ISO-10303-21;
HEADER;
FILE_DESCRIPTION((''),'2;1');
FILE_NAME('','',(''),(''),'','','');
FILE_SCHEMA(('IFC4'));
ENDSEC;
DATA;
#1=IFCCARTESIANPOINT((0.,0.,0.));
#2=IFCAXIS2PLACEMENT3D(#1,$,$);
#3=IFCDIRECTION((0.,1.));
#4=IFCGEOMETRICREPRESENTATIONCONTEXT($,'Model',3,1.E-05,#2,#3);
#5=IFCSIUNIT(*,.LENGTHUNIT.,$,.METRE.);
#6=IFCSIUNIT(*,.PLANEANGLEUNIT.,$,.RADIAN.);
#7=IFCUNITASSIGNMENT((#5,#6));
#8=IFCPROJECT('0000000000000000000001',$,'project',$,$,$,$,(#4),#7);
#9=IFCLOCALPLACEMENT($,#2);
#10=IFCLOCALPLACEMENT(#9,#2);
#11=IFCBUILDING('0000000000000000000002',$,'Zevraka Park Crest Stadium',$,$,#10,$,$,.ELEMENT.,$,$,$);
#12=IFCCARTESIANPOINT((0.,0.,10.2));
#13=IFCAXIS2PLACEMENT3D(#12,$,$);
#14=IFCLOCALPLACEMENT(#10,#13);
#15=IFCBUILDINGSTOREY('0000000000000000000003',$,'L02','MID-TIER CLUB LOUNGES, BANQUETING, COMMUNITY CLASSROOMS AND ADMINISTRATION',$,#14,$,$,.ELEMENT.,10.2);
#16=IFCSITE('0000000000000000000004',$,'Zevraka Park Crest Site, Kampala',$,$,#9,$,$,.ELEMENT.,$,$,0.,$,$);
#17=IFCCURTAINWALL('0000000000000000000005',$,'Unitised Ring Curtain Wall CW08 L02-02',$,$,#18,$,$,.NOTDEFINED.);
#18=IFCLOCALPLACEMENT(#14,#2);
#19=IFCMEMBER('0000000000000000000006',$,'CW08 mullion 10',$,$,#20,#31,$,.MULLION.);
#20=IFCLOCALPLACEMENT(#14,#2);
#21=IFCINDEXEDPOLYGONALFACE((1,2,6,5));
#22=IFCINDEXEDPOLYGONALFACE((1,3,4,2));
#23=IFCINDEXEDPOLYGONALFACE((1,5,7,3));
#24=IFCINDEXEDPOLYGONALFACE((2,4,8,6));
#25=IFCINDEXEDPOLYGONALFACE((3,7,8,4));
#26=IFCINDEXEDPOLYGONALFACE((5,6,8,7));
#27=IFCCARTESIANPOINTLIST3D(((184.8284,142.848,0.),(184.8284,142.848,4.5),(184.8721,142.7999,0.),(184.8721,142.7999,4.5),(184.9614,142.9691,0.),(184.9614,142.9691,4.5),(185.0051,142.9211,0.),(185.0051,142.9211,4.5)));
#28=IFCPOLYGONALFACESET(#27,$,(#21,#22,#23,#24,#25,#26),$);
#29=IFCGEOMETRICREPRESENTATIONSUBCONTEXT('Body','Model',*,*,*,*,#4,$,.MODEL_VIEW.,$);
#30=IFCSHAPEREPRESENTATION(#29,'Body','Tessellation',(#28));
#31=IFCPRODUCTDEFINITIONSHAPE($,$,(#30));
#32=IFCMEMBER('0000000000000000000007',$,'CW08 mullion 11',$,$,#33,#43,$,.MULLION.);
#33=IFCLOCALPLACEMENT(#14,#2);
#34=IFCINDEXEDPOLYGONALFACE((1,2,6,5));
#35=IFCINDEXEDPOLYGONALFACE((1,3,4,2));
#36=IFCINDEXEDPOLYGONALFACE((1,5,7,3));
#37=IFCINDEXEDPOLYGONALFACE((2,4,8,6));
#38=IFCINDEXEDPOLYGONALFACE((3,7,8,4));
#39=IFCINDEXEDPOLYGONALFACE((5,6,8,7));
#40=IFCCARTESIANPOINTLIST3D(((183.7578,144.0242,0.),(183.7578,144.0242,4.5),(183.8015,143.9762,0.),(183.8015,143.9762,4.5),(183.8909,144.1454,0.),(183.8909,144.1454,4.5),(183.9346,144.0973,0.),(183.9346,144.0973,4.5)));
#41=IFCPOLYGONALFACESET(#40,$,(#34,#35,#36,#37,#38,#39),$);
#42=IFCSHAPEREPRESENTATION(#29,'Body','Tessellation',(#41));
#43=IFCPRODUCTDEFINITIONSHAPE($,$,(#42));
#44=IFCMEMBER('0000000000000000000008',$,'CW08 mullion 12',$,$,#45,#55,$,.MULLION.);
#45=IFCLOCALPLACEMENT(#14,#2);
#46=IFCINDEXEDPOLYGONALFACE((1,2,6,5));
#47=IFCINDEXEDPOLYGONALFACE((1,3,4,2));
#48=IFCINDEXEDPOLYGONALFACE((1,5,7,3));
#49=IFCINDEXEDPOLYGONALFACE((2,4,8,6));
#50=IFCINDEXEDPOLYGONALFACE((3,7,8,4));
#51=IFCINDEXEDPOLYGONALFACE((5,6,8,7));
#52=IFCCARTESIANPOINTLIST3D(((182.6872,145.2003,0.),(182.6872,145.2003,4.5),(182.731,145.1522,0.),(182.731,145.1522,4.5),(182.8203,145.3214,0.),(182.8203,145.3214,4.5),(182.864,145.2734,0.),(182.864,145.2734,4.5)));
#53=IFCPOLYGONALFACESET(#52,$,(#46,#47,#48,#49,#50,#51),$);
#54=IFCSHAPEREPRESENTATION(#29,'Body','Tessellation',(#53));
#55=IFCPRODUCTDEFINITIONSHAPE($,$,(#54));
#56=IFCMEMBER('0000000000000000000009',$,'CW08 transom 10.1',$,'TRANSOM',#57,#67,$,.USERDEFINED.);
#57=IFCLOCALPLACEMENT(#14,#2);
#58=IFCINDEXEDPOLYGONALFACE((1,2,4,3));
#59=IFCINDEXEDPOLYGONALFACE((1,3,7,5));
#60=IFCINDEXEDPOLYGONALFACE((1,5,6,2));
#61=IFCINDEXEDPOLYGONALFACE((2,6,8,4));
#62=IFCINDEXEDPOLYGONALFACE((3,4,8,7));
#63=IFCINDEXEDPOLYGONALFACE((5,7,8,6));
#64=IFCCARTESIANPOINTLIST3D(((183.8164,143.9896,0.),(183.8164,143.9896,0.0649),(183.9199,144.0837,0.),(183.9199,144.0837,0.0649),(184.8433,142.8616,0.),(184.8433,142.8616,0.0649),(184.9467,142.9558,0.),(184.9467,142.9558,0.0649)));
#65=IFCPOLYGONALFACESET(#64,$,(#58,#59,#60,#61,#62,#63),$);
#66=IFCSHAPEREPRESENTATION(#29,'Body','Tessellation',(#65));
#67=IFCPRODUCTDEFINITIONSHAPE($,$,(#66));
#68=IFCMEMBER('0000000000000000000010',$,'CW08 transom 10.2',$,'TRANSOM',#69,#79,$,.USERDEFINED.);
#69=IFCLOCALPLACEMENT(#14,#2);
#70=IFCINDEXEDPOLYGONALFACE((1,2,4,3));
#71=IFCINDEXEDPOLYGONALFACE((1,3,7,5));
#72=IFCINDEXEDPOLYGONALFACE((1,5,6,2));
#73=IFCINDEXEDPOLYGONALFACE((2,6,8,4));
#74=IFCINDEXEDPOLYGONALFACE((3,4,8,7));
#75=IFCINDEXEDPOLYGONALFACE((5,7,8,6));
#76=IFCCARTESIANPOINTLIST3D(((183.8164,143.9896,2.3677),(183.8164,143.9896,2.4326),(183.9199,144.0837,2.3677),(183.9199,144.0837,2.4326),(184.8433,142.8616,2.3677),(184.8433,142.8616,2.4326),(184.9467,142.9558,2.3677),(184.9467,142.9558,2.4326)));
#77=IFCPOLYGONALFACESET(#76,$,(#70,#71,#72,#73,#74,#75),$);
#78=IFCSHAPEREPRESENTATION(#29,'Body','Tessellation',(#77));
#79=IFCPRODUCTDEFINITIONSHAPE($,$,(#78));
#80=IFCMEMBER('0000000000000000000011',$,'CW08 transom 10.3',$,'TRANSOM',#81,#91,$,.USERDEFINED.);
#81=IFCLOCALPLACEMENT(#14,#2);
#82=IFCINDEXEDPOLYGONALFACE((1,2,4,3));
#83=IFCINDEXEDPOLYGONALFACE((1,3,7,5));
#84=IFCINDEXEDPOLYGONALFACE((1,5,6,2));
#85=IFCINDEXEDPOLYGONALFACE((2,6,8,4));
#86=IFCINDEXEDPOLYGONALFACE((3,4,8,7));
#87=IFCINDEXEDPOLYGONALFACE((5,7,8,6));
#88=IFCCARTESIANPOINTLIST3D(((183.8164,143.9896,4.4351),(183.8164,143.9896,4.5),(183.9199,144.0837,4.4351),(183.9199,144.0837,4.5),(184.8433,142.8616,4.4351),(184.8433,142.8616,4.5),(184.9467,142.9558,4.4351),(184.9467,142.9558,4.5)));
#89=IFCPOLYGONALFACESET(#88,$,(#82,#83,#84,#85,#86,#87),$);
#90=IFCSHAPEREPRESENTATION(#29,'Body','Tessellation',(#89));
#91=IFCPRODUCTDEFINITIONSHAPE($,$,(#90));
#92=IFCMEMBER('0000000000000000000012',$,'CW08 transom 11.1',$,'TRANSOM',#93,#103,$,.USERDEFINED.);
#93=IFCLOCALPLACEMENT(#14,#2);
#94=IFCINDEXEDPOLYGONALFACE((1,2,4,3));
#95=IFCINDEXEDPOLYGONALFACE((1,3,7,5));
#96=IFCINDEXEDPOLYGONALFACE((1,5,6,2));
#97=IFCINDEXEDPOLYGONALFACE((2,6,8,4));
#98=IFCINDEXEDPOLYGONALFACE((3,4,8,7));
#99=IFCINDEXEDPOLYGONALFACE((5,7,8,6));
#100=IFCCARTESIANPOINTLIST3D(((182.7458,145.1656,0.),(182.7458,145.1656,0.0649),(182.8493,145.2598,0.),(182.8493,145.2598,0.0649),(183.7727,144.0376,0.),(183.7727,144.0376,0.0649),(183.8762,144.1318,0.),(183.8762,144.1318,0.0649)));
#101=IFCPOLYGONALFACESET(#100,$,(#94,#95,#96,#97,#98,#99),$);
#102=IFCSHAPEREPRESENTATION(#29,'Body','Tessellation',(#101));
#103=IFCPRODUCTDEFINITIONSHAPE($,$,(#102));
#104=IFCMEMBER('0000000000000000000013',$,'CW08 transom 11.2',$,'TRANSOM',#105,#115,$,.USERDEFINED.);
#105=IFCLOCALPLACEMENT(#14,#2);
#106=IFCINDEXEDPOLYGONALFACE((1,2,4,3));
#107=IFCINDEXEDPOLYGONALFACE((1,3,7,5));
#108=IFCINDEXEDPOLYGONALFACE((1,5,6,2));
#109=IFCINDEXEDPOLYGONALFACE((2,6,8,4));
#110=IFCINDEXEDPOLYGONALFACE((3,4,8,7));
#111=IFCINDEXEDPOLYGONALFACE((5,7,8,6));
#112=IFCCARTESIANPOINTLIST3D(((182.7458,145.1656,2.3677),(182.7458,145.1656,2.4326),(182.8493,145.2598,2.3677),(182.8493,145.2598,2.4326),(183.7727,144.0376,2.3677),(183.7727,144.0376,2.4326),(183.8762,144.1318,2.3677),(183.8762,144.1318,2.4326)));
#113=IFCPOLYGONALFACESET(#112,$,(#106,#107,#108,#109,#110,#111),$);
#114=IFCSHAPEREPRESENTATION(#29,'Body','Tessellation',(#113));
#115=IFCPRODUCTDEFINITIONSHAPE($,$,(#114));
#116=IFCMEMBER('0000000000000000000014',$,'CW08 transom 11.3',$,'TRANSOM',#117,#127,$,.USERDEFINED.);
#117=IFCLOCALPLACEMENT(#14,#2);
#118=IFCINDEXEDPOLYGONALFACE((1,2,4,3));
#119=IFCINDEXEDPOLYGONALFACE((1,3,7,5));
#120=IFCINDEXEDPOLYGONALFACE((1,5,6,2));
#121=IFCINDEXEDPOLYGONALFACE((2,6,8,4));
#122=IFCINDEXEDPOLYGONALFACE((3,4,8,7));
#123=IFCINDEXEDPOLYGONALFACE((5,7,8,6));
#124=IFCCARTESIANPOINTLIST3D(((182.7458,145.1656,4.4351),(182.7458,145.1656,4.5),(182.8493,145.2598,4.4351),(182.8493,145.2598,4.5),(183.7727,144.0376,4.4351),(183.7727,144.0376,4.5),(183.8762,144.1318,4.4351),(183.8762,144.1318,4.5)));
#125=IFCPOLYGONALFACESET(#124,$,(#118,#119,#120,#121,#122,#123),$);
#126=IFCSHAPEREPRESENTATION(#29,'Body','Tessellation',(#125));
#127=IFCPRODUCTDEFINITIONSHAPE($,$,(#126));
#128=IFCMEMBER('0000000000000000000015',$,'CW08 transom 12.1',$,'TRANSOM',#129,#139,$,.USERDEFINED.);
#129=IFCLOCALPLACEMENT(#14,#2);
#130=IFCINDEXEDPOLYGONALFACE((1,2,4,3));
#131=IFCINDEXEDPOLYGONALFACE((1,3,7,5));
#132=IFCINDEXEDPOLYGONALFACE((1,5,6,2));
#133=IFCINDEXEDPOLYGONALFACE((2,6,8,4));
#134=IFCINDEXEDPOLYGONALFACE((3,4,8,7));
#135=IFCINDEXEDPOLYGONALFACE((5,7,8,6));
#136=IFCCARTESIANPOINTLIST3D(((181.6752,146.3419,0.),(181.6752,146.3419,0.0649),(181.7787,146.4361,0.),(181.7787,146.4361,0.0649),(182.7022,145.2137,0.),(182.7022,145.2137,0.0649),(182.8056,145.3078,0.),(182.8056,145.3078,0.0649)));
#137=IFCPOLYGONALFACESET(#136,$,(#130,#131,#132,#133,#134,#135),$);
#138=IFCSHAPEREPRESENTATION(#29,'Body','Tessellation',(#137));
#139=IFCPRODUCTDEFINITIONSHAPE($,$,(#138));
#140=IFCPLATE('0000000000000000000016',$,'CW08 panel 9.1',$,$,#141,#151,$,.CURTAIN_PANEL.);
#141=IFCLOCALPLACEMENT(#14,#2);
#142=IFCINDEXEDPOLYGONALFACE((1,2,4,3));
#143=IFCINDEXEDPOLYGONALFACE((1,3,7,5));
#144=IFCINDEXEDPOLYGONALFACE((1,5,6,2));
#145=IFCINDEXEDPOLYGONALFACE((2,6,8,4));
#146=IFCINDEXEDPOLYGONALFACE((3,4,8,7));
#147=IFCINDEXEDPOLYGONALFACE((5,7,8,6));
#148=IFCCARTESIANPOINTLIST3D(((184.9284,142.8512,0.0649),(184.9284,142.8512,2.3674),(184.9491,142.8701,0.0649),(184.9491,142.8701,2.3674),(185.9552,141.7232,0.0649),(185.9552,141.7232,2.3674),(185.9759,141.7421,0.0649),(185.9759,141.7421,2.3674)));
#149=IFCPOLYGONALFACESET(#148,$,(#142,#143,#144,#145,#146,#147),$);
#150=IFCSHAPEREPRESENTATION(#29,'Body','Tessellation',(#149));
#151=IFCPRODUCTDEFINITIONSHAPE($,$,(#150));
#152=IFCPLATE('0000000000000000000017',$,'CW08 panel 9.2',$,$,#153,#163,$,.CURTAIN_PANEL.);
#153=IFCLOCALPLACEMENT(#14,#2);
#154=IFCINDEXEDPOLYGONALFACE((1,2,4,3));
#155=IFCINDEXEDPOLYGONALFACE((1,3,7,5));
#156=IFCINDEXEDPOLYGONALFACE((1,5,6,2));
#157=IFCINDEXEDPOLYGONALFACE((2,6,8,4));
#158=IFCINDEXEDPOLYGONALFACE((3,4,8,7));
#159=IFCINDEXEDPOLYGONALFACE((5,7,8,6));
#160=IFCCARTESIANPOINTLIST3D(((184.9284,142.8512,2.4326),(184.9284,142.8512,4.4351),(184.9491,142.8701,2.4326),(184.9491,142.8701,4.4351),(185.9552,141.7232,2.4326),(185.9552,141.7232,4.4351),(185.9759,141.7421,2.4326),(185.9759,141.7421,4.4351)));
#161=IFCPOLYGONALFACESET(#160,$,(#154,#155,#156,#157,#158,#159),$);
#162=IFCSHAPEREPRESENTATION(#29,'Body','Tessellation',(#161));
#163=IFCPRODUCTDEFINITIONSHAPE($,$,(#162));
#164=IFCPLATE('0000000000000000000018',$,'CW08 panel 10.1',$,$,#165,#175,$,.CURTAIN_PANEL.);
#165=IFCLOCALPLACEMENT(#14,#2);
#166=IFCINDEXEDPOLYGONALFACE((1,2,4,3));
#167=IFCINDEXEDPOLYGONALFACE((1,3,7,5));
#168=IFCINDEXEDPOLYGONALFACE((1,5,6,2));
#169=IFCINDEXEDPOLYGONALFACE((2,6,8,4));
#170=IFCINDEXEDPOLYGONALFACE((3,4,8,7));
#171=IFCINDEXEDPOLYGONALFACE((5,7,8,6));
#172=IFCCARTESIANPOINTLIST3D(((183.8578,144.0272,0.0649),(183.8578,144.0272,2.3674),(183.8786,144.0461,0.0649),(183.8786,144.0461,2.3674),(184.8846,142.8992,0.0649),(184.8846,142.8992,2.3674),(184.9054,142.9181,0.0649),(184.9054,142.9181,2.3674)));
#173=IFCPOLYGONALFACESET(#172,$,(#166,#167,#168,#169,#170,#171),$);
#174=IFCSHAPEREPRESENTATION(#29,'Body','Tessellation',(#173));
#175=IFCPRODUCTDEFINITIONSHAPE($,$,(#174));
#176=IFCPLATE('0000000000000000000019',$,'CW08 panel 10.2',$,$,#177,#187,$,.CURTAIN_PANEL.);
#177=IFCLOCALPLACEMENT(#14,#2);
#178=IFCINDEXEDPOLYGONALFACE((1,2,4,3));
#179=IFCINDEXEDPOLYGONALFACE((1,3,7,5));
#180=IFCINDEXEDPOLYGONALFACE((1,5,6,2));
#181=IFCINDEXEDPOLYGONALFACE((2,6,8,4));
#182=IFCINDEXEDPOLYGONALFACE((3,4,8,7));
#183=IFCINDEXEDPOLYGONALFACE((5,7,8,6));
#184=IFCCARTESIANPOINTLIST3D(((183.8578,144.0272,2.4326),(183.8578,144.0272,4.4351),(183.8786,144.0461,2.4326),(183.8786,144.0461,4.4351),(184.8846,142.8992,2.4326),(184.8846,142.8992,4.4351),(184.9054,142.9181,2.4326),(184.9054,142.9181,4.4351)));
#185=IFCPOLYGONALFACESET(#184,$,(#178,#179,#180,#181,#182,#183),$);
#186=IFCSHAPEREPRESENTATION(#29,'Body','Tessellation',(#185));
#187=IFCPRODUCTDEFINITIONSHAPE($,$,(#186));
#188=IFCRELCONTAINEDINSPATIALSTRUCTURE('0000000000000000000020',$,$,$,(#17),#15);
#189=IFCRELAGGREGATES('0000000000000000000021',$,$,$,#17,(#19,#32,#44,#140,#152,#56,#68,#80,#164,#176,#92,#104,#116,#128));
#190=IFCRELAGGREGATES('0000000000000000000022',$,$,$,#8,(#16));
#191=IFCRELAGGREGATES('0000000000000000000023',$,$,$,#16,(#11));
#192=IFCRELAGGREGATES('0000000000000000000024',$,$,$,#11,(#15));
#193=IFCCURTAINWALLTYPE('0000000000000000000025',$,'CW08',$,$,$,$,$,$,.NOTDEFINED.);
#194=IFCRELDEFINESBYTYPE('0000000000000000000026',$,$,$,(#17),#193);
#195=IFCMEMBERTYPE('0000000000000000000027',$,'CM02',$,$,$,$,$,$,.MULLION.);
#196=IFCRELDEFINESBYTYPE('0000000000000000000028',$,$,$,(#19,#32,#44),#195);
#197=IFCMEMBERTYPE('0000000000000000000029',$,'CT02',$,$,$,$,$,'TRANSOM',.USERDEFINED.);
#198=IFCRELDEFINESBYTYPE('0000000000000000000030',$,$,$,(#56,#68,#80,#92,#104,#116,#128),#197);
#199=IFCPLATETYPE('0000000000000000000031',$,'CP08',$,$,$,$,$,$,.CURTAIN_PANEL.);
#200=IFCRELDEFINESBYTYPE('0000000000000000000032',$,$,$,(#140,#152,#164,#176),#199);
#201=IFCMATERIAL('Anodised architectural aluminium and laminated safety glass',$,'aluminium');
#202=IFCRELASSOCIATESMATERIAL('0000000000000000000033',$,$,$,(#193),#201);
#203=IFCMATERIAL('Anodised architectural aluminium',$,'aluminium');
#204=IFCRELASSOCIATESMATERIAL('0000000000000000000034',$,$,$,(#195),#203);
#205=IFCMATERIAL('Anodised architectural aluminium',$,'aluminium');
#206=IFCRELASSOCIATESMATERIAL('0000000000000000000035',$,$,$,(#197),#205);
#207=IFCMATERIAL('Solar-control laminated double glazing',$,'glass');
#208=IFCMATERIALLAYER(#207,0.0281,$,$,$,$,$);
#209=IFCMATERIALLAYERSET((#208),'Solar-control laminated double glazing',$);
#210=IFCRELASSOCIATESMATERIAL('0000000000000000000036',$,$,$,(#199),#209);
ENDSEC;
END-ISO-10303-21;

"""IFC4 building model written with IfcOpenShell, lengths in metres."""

from ifc_helpers import new_model, si_unit, direction, frame, origin, origin_2d, place, context, subcontext, project, spatial, rectangle, extrude, material, layer, layer_set, material_profile, profile_set, type_object, element, aggregate, save


model = new_model("IFC4")

# Units and contexts
model_context = context("Model", 3, precision=1e-05, world=origin(), true_north=direction((0.0, 1.0)))
body_context = subcontext(model_context, "Body", "Model", "MODEL_VIEW")
ifc_project = project(units=[si_unit("LENGTHUNIT", "METRE"), si_unit("PLANEANGLEUNIT", "RADIAN")], contexts=[model_context])

# Site, building, storey
site_placement = place(None, origin())
site = spatial("IfcSite", under=ifc_project, at=site_placement, Name="Zevraka Park Crest Site, Kampala", CompositionType="ELEMENT", RefElevation=0.0)
building_placement = place(site_placement, origin())
building = spatial("IfcBuilding", under=site, at=building_placement, Name="Zevraka Park Crest Stadium", CompositionType="ELEMENT")
storey_placement = place(building_placement, frame((0.0, 0.0, 10.2)))
storey = spatial("IfcBuildingStorey", under=building, at=storey_placement, Name="L02", Description="MID-TIER CLUB LOUNGES, BANQUETING, COMMUNITY CLASSROOMS AND ADMINISTRATION", CompositionType="ELEMENT", Elevation=10.2)

# Curtain wall, members, plates
ifc_material_1 = material(Name="Anodised architectural aluminium and laminated safety glass", Category="aluminium")
curtain_wall_type = type_object("IfcCurtainWallType", Name="CW08", PredefinedType="NOTDEFINED", material=ifc_material_1)
curtain_wall_placement = place(storey_placement, origin())
curtain_wall = element("IfcCurtainWall", 1, at=curtain_wall_placement, inside=storey, type_object=curtain_wall_type, Name="Unitised Ring Curtain Wall CW08 L02-02", PredefinedType="NOTDEFINED")
ifc_material_2 = material(Name="Anodised architectural aluminium", Category="aluminium")
ifc_material_profile_1 = material_profile(ifc_material_2, rectangle(XDim=0.1799, YDim=0.0649, at=origin_2d()), Name="ALU MULLION 180x65")
ifc_profile_set_1 = profile_set([ifc_material_profile_1], Name="Anodised architectural aluminium")
member_type_1 = type_object("IfcMemberType", Name="CM02", PredefinedType="MULLION", material=ifc_profile_set_1)
member_1_placement = place(storey_placement, frame((184.9167, 142.8845, 0.0), z_axis=(0.0, 0.0, 1.0), x_axis=(-0.739497, -0.67316, 0.0)))
member_1 = element("IfcMember", 2, at=member_1_placement, type_object=member_type_1, Name="CW08 mullion 10", PredefinedType="MULLION", context=body_context, shape_type="SweptSolid", body=[
    extrude(rectangle(XDim=0.1799, YDim=0.0649, at=origin_2d()), origin(), (0.0, 0.0, 1.0), 4.5),
])
member_2_placement = place(storey_placement, frame((183.8462, 144.0608, 0.0), z_axis=(0.0, 0.0, 1.0), x_axis=(-0.739497, -0.67316, 0.0)))
member_2 = element("IfcMember", 3, at=member_2_placement, type_object=member_type_1, Name="CW08 mullion 11", PredefinedType="MULLION", context=body_context, shape_type="SweptSolid", body=[
    extrude(rectangle(XDim=0.1799, YDim=0.0649, at=origin_2d()), origin(), (0.0, 0.0, 1.0), 4.5),
])
member_3_placement = place(storey_placement, frame((182.7756, 145.2368, 0.0), z_axis=(0.0, 0.0, 1.0), x_axis=(-0.739497, -0.67316, 0.0)))
member_3 = element("IfcMember", 4, at=member_3_placement, type_object=member_type_1, Name="CW08 mullion 12", PredefinedType="MULLION", context=body_context, shape_type="SweptSolid", body=[
    extrude(rectangle(XDim=0.1799, YDim=0.0649, at=origin_2d()), origin(), (0.0, 0.0, 1.0), 4.5),
])
ifc_material_3 = material(Name="Anodised architectural aluminium", Category="aluminium")
ifc_material_profile_2 = material_profile(ifc_material_3, rectangle(XDim=0.1399, YDim=0.0649, at=origin_2d()), Name="ALU TRANSOM 140x65")
ifc_profile_set_2 = profile_set([ifc_material_profile_2], Name="Anodised architectural aluminium")
member_type_2 = type_object("IfcMemberType", Name="CT02", ElementType="TRANSOM", PredefinedType="USERDEFINED", material=ifc_profile_set_2)
member_4_placement = place(storey_placement, frame((184.895, 142.9087, 0.0325), z_axis=(-0.673198, 0.739462, 0.0), x_axis=(-0.739462, -0.673198, 0.0)))
member_4 = element("IfcMember", 5, at=member_4_placement, type_object=member_type_2, Name="CW08 transom 10.1", ObjectType="TRANSOM", PredefinedType="USERDEFINED", context=body_context, shape_type="SweptSolid", body=[
    extrude(rectangle(XDim=0.1399, YDim=0.0649, at=origin_2d()), origin(), (0.0, 0.0, 1.0), 1.5254),
])
member_5_placement = place(storey_placement, frame((184.895, 142.9087, 2.4001), z_axis=(-0.673198, 0.739462, 0.0), x_axis=(-0.739462, -0.673198, 0.0)))
member_5 = element("IfcMember", 6, at=member_5_placement, type_object=member_type_2, Name="CW08 transom 10.2", ObjectType="TRANSOM", PredefinedType="USERDEFINED", context=body_context, shape_type="SweptSolid", body=[
    extrude(rectangle(XDim=0.1399, YDim=0.0649, at=origin_2d()), origin(), (0.0, 0.0, 1.0), 1.5254),
])
member_6_placement = place(storey_placement, frame((184.895, 142.9087, 4.4675), z_axis=(-0.673198, 0.739462, 0.0), x_axis=(-0.739462, -0.673198, 0.0)))
member_6 = element("IfcMember", 7, at=member_6_placement, type_object=member_type_2, Name="CW08 transom 10.3", ObjectType="TRANSOM", PredefinedType="USERDEFINED", context=body_context, shape_type="SweptSolid", body=[
    extrude(rectangle(XDim=0.1399, YDim=0.0649, at=origin_2d()), origin(), (0.0, 0.0, 1.0), 1.5254),
])
member_7_placement = place(storey_placement, frame((183.8245, 144.0847, 0.0325), z_axis=(-0.673198, 0.739462, 0.0), x_axis=(-0.739462, -0.673198, 0.0)))
member_7 = element("IfcMember", 8, at=member_7_placement, type_object=member_type_2, Name="CW08 transom 11.1", ObjectType="TRANSOM", PredefinedType="USERDEFINED", context=body_context, shape_type="SweptSolid", body=[
    extrude(rectangle(XDim=0.1399, YDim=0.0649, at=origin_2d()), origin(), (0.0, 0.0, 1.0), 1.5254),
])
member_8_placement = place(storey_placement, frame((183.8245, 144.0847, 2.4001), z_axis=(-0.673198, 0.739462, 0.0), x_axis=(-0.739462, -0.673198, 0.0)))
member_8 = element("IfcMember", 9, at=member_8_placement, type_object=member_type_2, Name="CW08 transom 11.2", ObjectType="TRANSOM", PredefinedType="USERDEFINED", context=body_context, shape_type="SweptSolid", body=[
    extrude(rectangle(XDim=0.1399, YDim=0.0649, at=origin_2d()), origin(), (0.0, 0.0, 1.0), 1.5254),
])
member_9_placement = place(storey_placement, frame((183.8245, 144.0847, 4.4675), z_axis=(-0.673198, 0.739462, 0.0), x_axis=(-0.739462, -0.673198, 0.0)))
member_9 = element("IfcMember", 10, at=member_9_placement, type_object=member_type_2, Name="CW08 transom 11.3", ObjectType="TRANSOM", PredefinedType="USERDEFINED", context=body_context, shape_type="SweptSolid", body=[
    extrude(rectangle(XDim=0.1399, YDim=0.0649, at=origin_2d()), origin(), (0.0, 0.0, 1.0), 1.5254),
])
member_10_placement = place(storey_placement, frame((182.7539, 145.2607, 0.0325), z_axis=(-0.673119, 0.739534, 0.0), x_axis=(-0.739534, -0.673119, 0.0)))
member_10 = element("IfcMember", 11, at=member_10_placement, type_object=member_type_2, Name="CW08 transom 12.1", ObjectType="TRANSOM", PredefinedType="USERDEFINED", context=body_context, shape_type="SweptSolid", body=[
    extrude(rectangle(XDim=0.1399, YDim=0.0649, at=origin_2d()), origin(), (0.0, 0.0, 1.0), 1.5256),
])
ifc_material_4 = material(Name="Solar-control laminated double glazing", Category="glass")
ifc_layer_1 = layer(ifc_material_4, 0.0281)
ifc_layer_set_1 = layer_set([ifc_layer_1], Name="Solar-control laminated double glazing")
plate_type = type_object("IfcPlateType", Name="CP08", PredefinedType="CURTAIN_PANEL", material=ifc_layer_set_1)
plate_1_placement = place(storey_placement, frame((185.4521, 142.2966, 0.0649), z_axis=(0.0, 0.0, 1.0), x_axis=(-0.67316, 0.739497, 0.0)))
plate_1 = element("IfcPlate", 12, at=plate_1_placement, type_object=plate_type, Name="CW08 panel 9.1", PredefinedType="CURTAIN_PANEL", context=body_context, shape_type="SweptSolid", body=[
    extrude(rectangle(XDim=1.5254, YDim=0.0281, at=origin_2d()), origin(), (0.0, 0.0, 1.0), 2.3025),
])
plate_2_placement = place(storey_placement, frame((185.4521, 142.2966, 2.4326), z_axis=(0.0, 0.0, 1.0), x_axis=(-0.67316, 0.739497, 0.0)))
plate_2 = element("IfcPlate", 13, at=plate_2_placement, type_object=plate_type, Name="CW08 panel 9.2", PredefinedType="CURTAIN_PANEL", context=body_context, shape_type="SweptSolid", body=[
    extrude(rectangle(XDim=1.5254, YDim=0.0281, at=origin_2d()), origin(), (0.0, 0.0, 1.0), 2.0024),
])
plate_3_placement = place(storey_placement, frame((184.3816, 143.4727, 0.0649), z_axis=(0.0, 0.0, 1.0), x_axis=(-0.67316, 0.739497, 0.0)))
plate_3 = element("IfcPlate", 14, at=plate_3_placement, type_object=plate_type, Name="CW08 panel 10.1", PredefinedType="CURTAIN_PANEL", context=body_context, shape_type="SweptSolid", body=[
    extrude(rectangle(XDim=1.5254, YDim=0.0281, at=origin_2d()), origin(), (0.0, 0.0, 1.0), 2.3025),
])
plate_4_placement = place(storey_placement, frame((184.3816, 143.4727, 2.4326), z_axis=(0.0, 0.0, 1.0), x_axis=(-0.67316, 0.739497, 0.0)))
plate_4 = element("IfcPlate", 15, at=plate_4_placement, type_object=plate_type, Name="CW08 panel 10.2", PredefinedType="CURTAIN_PANEL", context=body_context, shape_type="SweptSolid", body=[
    extrude(rectangle(XDim=1.5254, YDim=0.0281, at=origin_2d()), origin(), (0.0, 0.0, 1.0), 2.0024),
])
aggregate(curtain_wall, [member_1, member_2, member_3, plate_1, plate_2, member_4, member_5, member_6, plate_3, plate_4, member_7, member_8, member_9, member_10])

save(model, "model.ifc")
